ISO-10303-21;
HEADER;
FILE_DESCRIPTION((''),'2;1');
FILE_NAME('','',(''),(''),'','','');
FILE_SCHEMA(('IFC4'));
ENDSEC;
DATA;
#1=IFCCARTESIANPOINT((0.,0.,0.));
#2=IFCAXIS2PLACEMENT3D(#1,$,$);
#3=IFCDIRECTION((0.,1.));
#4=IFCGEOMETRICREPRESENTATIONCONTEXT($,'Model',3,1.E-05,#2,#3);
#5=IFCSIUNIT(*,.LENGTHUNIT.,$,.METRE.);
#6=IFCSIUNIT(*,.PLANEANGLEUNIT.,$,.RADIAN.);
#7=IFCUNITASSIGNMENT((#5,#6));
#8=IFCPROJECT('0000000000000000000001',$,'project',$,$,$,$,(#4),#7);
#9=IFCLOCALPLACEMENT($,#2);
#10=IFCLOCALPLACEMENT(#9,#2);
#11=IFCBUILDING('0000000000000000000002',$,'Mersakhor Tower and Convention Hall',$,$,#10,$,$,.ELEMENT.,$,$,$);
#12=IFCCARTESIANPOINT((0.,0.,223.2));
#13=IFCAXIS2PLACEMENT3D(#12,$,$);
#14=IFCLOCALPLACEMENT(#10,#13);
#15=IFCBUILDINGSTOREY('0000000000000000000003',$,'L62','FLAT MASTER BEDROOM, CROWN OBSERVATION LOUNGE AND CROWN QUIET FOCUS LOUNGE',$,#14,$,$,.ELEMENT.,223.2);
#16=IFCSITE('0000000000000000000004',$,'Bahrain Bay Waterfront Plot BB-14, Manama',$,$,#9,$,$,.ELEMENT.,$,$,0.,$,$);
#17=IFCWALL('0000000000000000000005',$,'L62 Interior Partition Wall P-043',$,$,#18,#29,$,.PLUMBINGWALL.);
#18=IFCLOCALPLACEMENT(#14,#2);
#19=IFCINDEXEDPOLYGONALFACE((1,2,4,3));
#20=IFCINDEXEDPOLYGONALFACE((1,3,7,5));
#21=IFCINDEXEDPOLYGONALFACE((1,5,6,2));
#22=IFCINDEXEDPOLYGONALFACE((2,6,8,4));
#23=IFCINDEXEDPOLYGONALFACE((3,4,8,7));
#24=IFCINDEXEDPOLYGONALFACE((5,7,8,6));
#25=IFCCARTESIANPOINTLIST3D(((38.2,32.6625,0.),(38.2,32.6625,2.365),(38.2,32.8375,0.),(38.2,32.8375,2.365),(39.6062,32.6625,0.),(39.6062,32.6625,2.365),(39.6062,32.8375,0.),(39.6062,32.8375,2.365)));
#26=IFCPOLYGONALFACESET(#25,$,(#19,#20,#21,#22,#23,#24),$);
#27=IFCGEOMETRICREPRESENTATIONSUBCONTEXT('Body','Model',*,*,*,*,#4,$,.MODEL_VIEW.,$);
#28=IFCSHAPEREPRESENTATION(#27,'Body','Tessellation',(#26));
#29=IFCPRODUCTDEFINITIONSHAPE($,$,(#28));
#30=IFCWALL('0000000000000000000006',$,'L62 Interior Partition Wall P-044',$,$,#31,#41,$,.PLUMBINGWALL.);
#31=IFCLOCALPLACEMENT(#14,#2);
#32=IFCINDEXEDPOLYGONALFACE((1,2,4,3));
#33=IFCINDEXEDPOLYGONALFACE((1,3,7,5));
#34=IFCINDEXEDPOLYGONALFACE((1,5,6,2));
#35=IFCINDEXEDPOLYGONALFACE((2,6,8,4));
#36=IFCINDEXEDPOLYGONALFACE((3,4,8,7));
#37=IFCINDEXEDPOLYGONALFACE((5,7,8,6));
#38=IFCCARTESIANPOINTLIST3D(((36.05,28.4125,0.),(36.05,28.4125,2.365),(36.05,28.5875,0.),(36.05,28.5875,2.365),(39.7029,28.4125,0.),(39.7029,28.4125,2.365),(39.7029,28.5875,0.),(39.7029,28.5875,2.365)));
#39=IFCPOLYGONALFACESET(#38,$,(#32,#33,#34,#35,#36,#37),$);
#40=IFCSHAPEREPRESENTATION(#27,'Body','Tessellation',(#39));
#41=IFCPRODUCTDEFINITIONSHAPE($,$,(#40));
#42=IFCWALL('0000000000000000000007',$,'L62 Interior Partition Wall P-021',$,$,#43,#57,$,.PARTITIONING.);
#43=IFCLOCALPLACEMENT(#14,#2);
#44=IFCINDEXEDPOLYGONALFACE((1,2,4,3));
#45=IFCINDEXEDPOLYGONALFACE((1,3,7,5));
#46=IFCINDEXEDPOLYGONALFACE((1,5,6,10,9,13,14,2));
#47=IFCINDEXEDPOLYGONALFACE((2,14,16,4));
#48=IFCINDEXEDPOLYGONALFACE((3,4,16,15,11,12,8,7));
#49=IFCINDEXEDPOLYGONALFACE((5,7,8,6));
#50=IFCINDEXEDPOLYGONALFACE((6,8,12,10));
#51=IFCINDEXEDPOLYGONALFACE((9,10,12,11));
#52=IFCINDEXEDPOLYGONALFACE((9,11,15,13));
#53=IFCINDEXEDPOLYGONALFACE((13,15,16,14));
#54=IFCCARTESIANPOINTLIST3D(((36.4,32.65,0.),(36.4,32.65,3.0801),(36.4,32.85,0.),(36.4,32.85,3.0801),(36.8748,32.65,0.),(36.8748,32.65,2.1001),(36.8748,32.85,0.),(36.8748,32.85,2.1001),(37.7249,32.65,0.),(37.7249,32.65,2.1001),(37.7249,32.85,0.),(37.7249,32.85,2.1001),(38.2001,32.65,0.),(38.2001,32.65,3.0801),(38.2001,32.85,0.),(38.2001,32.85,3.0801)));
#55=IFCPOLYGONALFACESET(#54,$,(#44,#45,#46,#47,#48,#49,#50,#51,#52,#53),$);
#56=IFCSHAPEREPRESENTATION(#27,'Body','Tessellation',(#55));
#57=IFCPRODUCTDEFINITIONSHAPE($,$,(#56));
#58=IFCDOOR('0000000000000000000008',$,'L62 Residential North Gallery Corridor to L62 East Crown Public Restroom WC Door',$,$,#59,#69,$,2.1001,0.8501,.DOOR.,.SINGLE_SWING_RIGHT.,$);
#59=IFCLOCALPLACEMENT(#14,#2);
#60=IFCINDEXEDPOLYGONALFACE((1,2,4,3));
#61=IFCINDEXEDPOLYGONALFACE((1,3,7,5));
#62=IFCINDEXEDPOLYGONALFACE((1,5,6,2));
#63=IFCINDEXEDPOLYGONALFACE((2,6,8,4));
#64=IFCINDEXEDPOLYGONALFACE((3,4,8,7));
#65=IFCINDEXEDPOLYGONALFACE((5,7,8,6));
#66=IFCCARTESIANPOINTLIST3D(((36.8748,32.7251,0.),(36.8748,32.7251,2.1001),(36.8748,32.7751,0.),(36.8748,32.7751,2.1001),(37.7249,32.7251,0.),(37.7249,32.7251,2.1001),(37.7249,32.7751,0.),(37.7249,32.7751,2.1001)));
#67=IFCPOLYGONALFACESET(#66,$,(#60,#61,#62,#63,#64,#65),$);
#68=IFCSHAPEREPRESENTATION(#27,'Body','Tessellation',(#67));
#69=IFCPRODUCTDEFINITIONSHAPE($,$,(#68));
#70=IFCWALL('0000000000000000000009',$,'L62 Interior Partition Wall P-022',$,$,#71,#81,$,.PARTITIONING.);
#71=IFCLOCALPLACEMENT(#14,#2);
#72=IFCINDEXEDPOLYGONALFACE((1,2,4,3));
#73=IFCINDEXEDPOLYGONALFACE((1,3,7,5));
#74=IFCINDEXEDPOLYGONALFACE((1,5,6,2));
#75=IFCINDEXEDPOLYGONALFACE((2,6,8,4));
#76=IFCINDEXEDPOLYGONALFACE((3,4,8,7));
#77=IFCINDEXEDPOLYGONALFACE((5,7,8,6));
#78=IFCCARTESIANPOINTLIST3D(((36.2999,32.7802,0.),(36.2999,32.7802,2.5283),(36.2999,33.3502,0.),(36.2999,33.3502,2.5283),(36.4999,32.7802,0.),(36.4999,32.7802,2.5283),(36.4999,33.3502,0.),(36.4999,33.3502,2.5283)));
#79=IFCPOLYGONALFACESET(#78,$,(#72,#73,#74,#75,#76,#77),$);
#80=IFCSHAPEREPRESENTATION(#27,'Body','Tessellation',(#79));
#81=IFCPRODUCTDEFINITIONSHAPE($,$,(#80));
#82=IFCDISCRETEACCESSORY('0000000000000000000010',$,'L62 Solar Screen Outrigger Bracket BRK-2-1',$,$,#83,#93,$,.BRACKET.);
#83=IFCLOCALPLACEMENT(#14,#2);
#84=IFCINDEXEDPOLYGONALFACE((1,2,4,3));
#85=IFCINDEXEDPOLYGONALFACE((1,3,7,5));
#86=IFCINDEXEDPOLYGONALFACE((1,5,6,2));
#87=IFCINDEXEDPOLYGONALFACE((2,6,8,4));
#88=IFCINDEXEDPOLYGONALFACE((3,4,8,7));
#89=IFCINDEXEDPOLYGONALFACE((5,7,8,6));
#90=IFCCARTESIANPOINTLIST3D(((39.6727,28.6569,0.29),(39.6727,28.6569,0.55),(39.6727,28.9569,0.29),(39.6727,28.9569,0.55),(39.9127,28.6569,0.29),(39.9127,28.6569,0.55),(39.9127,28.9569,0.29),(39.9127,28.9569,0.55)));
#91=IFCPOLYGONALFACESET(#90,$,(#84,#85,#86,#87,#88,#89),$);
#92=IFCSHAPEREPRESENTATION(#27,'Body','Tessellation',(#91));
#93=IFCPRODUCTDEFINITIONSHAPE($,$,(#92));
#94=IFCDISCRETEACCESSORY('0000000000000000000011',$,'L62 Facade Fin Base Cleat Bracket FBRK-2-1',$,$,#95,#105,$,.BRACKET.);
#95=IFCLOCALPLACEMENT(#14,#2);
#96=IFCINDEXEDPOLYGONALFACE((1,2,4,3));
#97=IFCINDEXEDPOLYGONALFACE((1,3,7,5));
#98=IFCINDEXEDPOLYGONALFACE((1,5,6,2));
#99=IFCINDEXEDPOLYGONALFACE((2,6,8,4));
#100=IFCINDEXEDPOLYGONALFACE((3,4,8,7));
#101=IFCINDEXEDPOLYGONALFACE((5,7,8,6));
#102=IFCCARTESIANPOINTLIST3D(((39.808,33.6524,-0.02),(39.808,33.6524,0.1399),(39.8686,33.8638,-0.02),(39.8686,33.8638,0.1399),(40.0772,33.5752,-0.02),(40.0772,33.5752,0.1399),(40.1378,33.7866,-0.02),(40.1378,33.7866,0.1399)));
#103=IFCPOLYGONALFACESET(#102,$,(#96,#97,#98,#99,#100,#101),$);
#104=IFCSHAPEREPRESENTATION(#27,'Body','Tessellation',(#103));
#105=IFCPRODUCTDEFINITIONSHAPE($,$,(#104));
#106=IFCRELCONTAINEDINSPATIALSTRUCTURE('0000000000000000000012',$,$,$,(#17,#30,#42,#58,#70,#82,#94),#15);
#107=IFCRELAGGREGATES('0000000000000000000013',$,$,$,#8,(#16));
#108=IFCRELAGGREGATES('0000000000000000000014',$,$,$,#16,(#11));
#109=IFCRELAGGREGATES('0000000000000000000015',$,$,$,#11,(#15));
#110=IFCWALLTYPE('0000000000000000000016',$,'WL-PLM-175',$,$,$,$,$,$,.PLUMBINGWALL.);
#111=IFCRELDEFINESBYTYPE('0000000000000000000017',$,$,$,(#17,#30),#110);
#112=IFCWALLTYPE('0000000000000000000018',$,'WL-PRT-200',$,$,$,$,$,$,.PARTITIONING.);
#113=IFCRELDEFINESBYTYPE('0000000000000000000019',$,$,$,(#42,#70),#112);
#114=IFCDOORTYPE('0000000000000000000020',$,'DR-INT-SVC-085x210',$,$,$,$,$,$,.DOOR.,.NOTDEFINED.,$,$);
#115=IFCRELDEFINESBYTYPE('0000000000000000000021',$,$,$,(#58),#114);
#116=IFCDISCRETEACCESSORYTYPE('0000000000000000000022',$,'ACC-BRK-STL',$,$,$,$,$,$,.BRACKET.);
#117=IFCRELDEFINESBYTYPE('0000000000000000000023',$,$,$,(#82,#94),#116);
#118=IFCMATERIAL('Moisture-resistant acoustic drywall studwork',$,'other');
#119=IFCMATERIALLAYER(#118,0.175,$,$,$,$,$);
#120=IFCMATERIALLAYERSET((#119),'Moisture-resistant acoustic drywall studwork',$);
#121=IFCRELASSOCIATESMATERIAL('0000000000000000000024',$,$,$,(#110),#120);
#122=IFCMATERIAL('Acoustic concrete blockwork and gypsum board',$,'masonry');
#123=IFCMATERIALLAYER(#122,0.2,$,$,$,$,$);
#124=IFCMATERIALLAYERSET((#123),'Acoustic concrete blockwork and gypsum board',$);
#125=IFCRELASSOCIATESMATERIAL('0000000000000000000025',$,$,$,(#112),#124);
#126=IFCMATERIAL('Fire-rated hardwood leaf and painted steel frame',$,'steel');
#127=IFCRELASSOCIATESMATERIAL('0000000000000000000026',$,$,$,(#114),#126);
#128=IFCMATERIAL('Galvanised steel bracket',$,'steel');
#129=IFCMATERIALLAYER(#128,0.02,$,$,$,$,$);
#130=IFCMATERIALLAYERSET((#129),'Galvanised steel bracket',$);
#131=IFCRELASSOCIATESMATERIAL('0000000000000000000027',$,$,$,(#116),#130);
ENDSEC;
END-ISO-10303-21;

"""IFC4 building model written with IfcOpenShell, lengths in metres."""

from ifc_helpers import new_model, si_unit, direction, frame, frame_2d, origin, origin_2d, place, context, subcontext, project, spatial, rectangle, extrude, material, layer, layer_set, type_object, element, fill, save


model = new_model("IFC4")

# Units and contexts
model_context = context("Model", 3, precision=1e-05, world=origin(), true_north=direction((0.0, 1.0)))
body_context = subcontext(model_context, "Body", "Model", "MODEL_VIEW")
ifc_project = project(units=[si_unit("LENGTHUNIT", "METRE"), si_unit("PLANEANGLEUNIT", "RADIAN")], contexts=[model_context])

# Site, building, storey
site_placement = place(None, origin())
site = spatial("IfcSite", under=ifc_project, at=site_placement, Name="Bahrain Bay Waterfront Plot BB-14, Manama", CompositionType="ELEMENT", RefElevation=0.0)
building_placement = place(site_placement, origin())
building = spatial("IfcBuilding", under=site, at=building_placement, Name="Mersakhor Tower and Convention Hall", CompositionType="ELEMENT")
storey_placement = place(building_placement, frame((0.0, 0.0, 223.2)))
storey = spatial("IfcBuildingStorey", under=building, at=storey_placement, Name="L62", Description="FLAT MASTER BEDROOM, CROWN OBSERVATION LOUNGE AND CROWN QUIET FOCUS LOUNGE", CompositionType="ELEMENT", Elevation=223.2)

# Walls
ifc_material_1 = material(Name="Moisture-resistant acoustic drywall studwork", Category="other")
ifc_layer_1 = layer(ifc_material_1, 0.175)
ifc_layer_set_1 = layer_set([ifc_layer_1], Name="Moisture-resistant acoustic drywall studwork")
wall_type_1 = type_object("IfcWallType", Name="WL-PLM-175", PredefinedType="PLUMBINGWALL", material=ifc_layer_set_1)
wall_1_placement = place(storey_placement, frame((38.2, 32.75, 0.0), z_axis=(0.0, 0.0, 1.0), x_axis=(1.0, 0.0, 0.0)))
element("IfcWall", 1, at=wall_1_placement, inside=storey, type_object=wall_type_1, Name="L62 Interior Partition Wall P-043", PredefinedType="PLUMBINGWALL", context=body_context, shape_type="SweptSolid", body=[
    extrude(rectangle(XDim=1.4062, YDim=0.175, at=frame_2d((0.7031, 0.0))), origin(), (0.0, 0.0, 1.0), 2.365),
])
wall_2_placement = place(storey_placement, frame((39.7029, 28.5, 0.0), z_axis=(0.0, 0.0, 1.0), x_axis=(-1.0, 0.0, 0.0)))
element("IfcWall", 2, at=wall_2_placement, inside=storey, type_object=wall_type_1, Name="L62 Interior Partition Wall P-044", PredefinedType="PLUMBINGWALL", context=body_context, shape_type="SweptSolid", body=[
    extrude(rectangle(XDim=3.6528, YDim=0.175, at=frame_2d((1.8264, 0.0))), origin(), (0.0, 0.0, 1.0), 2.365),
])

# Wall, opening, door
ifc_material_2 = material(Name="Acoustic concrete blockwork and gypsum board", Category="masonry")
ifc_layer_2 = layer(ifc_material_2, 0.2)
ifc_layer_set_2 = layer_set([ifc_layer_2], Name="Acoustic concrete blockwork and gypsum board")
wall_type_2 = type_object("IfcWallType", Name="WL-PRT-200", PredefinedType="PARTITIONING", material=ifc_layer_set_2)
wall_3_placement = place(storey_placement, frame((38.2, 32.75, 0.0), z_axis=(0.0, 0.0, 1.0), x_axis=(-1.0, 0.0, 0.0)))
wall_3 = element("IfcWall", 3, at=wall_3_placement, inside=storey, type_object=wall_type_2, Name="L62 Interior Partition Wall P-021", PredefinedType="PARTITIONING", context=body_context, shape_type="SweptSolid", body=[
    extrude(rectangle(XDim=1.8, YDim=0.2, at=frame_2d((0.8999, 0.0))), origin(), (0.0, 0.0, 1.0), 3.0801),
])
opening_placement = place(wall_3_placement, frame((0.4751, 0.0, 0.0)))
opening = element("IfcOpeningElement", 4, at=opening_placement, cuts=wall_3, PredefinedType="OPENING", context=body_context, shape_type="SweptSolid", body=[
    extrude(rectangle(XDim=0.8501, YDim=2.1001, at=frame_2d((0.425, 1.05))), frame((0.0, 0.1099, 0.0), z_axis=(0.0, -1.0, 0.0), x_axis=(1.0, 0.0, 0.0)), (0.0, 0.0, 1.0), 0.22),
])
ifc_material_3 = material(Name="Fire-rated hardwood leaf and painted steel frame", Category="steel")
door_type = type_object("IfcDoorType", Name="DR-INT-SVC-085x210", OperationType="NOTDEFINED", PredefinedType="DOOR", material=ifc_material_3)
door_placement = place(opening_placement, origin())
door = element("IfcDoor", 5, at=door_placement, inside=storey, type_object=door_type, Name="L62 Residential North Gallery Corridor to L62 East Crown Public Restroom WC Door", OperationType="SINGLE_SWING_RIGHT", OverallHeight=2.1001, OverallWidth=0.8501, PredefinedType="DOOR", context=body_context, shape_type="SweptSolid", body=[
    extrude(rectangle(XDim=0.8501, YDim=2.1001, at=frame_2d((0.425, 1.05))), frame((0.0, 0.0249, 0.0), z_axis=(0.0, -1.0, 0.0), x_axis=(1.0, 0.0, 0.0)), (0.0, 0.0, 1.0), 0.05),
])
fill(opening, door)

# Wall
wall_4_placement = place(storey_placement, frame((36.3999, 32.78, 0.0), z_axis=(0.0, 0.0, 1.0), x_axis=(0.0, 1.0, 0.0)))
element("IfcWall", 6, at=wall_4_placement, inside=storey, type_object=wall_type_2, Name="L62 Interior Partition Wall P-022", PredefinedType="PARTITIONING", context=body_context, shape_type="SweptSolid", body=[
    extrude(rectangle(XDim=0.5701, YDim=0.2, at=frame_2d((0.2852, 0.0))), origin(), (0.0, 0.0, 1.0), 2.5283),
])

# Discrete accessories
ifc_material_4 = material(Name="Galvanised steel bracket", Category="steel")
ifc_layer_3 = layer(ifc_material_4, 0.02)
ifc_layer_set_3 = layer_set([ifc_layer_3], Name="Galvanised steel bracket")
discrete_accessory_type = type_object("IfcDiscreteAccessoryType", Name="ACC-BRK-STL", PredefinedType="BRACKET", material=ifc_layer_set_3)
discrete_accessory_1_placement = place(storey_placement, frame((39.7927, 28.8069, 0.29), z_axis=(0.0, 0.0, 1.0), x_axis=(0.0, -1.0, 0.0)))
element("IfcDiscreteAccessory", 7, at=discrete_accessory_1_placement, inside=storey, type_object=discrete_accessory_type, Name="L62 Solar Screen Outrigger Bracket BRK-2-1", PredefinedType="BRACKET", context=body_context, shape_type="SweptSolid", body=[
    extrude(rectangle(XDim=0.3, YDim=0.24, at=origin_2d()), origin(), (0.0, 0.0, 1.0), 0.26),
])
discrete_accessory_2_placement = place(storey_placement, frame((39.9729, 33.7195, -0.02), z_axis=(0.0, 0.0, 1.0), x_axis=(0.961262, -0.275637, 0.0)))
element("IfcDiscreteAccessory", 8, at=discrete_accessory_2_placement, inside=storey, type_object=discrete_accessory_type, Name="L62 Facade Fin Base Cleat Bracket FBRK-2-1", PredefinedType="BRACKET", context=body_context, shape_type="SweptSolid", body=[
    extrude(rectangle(XDim=0.28, YDim=0.22, at=origin_2d()), origin(), (0.0, 0.0, 1.0), 0.1599),
])

save(model, "model.ifc")
